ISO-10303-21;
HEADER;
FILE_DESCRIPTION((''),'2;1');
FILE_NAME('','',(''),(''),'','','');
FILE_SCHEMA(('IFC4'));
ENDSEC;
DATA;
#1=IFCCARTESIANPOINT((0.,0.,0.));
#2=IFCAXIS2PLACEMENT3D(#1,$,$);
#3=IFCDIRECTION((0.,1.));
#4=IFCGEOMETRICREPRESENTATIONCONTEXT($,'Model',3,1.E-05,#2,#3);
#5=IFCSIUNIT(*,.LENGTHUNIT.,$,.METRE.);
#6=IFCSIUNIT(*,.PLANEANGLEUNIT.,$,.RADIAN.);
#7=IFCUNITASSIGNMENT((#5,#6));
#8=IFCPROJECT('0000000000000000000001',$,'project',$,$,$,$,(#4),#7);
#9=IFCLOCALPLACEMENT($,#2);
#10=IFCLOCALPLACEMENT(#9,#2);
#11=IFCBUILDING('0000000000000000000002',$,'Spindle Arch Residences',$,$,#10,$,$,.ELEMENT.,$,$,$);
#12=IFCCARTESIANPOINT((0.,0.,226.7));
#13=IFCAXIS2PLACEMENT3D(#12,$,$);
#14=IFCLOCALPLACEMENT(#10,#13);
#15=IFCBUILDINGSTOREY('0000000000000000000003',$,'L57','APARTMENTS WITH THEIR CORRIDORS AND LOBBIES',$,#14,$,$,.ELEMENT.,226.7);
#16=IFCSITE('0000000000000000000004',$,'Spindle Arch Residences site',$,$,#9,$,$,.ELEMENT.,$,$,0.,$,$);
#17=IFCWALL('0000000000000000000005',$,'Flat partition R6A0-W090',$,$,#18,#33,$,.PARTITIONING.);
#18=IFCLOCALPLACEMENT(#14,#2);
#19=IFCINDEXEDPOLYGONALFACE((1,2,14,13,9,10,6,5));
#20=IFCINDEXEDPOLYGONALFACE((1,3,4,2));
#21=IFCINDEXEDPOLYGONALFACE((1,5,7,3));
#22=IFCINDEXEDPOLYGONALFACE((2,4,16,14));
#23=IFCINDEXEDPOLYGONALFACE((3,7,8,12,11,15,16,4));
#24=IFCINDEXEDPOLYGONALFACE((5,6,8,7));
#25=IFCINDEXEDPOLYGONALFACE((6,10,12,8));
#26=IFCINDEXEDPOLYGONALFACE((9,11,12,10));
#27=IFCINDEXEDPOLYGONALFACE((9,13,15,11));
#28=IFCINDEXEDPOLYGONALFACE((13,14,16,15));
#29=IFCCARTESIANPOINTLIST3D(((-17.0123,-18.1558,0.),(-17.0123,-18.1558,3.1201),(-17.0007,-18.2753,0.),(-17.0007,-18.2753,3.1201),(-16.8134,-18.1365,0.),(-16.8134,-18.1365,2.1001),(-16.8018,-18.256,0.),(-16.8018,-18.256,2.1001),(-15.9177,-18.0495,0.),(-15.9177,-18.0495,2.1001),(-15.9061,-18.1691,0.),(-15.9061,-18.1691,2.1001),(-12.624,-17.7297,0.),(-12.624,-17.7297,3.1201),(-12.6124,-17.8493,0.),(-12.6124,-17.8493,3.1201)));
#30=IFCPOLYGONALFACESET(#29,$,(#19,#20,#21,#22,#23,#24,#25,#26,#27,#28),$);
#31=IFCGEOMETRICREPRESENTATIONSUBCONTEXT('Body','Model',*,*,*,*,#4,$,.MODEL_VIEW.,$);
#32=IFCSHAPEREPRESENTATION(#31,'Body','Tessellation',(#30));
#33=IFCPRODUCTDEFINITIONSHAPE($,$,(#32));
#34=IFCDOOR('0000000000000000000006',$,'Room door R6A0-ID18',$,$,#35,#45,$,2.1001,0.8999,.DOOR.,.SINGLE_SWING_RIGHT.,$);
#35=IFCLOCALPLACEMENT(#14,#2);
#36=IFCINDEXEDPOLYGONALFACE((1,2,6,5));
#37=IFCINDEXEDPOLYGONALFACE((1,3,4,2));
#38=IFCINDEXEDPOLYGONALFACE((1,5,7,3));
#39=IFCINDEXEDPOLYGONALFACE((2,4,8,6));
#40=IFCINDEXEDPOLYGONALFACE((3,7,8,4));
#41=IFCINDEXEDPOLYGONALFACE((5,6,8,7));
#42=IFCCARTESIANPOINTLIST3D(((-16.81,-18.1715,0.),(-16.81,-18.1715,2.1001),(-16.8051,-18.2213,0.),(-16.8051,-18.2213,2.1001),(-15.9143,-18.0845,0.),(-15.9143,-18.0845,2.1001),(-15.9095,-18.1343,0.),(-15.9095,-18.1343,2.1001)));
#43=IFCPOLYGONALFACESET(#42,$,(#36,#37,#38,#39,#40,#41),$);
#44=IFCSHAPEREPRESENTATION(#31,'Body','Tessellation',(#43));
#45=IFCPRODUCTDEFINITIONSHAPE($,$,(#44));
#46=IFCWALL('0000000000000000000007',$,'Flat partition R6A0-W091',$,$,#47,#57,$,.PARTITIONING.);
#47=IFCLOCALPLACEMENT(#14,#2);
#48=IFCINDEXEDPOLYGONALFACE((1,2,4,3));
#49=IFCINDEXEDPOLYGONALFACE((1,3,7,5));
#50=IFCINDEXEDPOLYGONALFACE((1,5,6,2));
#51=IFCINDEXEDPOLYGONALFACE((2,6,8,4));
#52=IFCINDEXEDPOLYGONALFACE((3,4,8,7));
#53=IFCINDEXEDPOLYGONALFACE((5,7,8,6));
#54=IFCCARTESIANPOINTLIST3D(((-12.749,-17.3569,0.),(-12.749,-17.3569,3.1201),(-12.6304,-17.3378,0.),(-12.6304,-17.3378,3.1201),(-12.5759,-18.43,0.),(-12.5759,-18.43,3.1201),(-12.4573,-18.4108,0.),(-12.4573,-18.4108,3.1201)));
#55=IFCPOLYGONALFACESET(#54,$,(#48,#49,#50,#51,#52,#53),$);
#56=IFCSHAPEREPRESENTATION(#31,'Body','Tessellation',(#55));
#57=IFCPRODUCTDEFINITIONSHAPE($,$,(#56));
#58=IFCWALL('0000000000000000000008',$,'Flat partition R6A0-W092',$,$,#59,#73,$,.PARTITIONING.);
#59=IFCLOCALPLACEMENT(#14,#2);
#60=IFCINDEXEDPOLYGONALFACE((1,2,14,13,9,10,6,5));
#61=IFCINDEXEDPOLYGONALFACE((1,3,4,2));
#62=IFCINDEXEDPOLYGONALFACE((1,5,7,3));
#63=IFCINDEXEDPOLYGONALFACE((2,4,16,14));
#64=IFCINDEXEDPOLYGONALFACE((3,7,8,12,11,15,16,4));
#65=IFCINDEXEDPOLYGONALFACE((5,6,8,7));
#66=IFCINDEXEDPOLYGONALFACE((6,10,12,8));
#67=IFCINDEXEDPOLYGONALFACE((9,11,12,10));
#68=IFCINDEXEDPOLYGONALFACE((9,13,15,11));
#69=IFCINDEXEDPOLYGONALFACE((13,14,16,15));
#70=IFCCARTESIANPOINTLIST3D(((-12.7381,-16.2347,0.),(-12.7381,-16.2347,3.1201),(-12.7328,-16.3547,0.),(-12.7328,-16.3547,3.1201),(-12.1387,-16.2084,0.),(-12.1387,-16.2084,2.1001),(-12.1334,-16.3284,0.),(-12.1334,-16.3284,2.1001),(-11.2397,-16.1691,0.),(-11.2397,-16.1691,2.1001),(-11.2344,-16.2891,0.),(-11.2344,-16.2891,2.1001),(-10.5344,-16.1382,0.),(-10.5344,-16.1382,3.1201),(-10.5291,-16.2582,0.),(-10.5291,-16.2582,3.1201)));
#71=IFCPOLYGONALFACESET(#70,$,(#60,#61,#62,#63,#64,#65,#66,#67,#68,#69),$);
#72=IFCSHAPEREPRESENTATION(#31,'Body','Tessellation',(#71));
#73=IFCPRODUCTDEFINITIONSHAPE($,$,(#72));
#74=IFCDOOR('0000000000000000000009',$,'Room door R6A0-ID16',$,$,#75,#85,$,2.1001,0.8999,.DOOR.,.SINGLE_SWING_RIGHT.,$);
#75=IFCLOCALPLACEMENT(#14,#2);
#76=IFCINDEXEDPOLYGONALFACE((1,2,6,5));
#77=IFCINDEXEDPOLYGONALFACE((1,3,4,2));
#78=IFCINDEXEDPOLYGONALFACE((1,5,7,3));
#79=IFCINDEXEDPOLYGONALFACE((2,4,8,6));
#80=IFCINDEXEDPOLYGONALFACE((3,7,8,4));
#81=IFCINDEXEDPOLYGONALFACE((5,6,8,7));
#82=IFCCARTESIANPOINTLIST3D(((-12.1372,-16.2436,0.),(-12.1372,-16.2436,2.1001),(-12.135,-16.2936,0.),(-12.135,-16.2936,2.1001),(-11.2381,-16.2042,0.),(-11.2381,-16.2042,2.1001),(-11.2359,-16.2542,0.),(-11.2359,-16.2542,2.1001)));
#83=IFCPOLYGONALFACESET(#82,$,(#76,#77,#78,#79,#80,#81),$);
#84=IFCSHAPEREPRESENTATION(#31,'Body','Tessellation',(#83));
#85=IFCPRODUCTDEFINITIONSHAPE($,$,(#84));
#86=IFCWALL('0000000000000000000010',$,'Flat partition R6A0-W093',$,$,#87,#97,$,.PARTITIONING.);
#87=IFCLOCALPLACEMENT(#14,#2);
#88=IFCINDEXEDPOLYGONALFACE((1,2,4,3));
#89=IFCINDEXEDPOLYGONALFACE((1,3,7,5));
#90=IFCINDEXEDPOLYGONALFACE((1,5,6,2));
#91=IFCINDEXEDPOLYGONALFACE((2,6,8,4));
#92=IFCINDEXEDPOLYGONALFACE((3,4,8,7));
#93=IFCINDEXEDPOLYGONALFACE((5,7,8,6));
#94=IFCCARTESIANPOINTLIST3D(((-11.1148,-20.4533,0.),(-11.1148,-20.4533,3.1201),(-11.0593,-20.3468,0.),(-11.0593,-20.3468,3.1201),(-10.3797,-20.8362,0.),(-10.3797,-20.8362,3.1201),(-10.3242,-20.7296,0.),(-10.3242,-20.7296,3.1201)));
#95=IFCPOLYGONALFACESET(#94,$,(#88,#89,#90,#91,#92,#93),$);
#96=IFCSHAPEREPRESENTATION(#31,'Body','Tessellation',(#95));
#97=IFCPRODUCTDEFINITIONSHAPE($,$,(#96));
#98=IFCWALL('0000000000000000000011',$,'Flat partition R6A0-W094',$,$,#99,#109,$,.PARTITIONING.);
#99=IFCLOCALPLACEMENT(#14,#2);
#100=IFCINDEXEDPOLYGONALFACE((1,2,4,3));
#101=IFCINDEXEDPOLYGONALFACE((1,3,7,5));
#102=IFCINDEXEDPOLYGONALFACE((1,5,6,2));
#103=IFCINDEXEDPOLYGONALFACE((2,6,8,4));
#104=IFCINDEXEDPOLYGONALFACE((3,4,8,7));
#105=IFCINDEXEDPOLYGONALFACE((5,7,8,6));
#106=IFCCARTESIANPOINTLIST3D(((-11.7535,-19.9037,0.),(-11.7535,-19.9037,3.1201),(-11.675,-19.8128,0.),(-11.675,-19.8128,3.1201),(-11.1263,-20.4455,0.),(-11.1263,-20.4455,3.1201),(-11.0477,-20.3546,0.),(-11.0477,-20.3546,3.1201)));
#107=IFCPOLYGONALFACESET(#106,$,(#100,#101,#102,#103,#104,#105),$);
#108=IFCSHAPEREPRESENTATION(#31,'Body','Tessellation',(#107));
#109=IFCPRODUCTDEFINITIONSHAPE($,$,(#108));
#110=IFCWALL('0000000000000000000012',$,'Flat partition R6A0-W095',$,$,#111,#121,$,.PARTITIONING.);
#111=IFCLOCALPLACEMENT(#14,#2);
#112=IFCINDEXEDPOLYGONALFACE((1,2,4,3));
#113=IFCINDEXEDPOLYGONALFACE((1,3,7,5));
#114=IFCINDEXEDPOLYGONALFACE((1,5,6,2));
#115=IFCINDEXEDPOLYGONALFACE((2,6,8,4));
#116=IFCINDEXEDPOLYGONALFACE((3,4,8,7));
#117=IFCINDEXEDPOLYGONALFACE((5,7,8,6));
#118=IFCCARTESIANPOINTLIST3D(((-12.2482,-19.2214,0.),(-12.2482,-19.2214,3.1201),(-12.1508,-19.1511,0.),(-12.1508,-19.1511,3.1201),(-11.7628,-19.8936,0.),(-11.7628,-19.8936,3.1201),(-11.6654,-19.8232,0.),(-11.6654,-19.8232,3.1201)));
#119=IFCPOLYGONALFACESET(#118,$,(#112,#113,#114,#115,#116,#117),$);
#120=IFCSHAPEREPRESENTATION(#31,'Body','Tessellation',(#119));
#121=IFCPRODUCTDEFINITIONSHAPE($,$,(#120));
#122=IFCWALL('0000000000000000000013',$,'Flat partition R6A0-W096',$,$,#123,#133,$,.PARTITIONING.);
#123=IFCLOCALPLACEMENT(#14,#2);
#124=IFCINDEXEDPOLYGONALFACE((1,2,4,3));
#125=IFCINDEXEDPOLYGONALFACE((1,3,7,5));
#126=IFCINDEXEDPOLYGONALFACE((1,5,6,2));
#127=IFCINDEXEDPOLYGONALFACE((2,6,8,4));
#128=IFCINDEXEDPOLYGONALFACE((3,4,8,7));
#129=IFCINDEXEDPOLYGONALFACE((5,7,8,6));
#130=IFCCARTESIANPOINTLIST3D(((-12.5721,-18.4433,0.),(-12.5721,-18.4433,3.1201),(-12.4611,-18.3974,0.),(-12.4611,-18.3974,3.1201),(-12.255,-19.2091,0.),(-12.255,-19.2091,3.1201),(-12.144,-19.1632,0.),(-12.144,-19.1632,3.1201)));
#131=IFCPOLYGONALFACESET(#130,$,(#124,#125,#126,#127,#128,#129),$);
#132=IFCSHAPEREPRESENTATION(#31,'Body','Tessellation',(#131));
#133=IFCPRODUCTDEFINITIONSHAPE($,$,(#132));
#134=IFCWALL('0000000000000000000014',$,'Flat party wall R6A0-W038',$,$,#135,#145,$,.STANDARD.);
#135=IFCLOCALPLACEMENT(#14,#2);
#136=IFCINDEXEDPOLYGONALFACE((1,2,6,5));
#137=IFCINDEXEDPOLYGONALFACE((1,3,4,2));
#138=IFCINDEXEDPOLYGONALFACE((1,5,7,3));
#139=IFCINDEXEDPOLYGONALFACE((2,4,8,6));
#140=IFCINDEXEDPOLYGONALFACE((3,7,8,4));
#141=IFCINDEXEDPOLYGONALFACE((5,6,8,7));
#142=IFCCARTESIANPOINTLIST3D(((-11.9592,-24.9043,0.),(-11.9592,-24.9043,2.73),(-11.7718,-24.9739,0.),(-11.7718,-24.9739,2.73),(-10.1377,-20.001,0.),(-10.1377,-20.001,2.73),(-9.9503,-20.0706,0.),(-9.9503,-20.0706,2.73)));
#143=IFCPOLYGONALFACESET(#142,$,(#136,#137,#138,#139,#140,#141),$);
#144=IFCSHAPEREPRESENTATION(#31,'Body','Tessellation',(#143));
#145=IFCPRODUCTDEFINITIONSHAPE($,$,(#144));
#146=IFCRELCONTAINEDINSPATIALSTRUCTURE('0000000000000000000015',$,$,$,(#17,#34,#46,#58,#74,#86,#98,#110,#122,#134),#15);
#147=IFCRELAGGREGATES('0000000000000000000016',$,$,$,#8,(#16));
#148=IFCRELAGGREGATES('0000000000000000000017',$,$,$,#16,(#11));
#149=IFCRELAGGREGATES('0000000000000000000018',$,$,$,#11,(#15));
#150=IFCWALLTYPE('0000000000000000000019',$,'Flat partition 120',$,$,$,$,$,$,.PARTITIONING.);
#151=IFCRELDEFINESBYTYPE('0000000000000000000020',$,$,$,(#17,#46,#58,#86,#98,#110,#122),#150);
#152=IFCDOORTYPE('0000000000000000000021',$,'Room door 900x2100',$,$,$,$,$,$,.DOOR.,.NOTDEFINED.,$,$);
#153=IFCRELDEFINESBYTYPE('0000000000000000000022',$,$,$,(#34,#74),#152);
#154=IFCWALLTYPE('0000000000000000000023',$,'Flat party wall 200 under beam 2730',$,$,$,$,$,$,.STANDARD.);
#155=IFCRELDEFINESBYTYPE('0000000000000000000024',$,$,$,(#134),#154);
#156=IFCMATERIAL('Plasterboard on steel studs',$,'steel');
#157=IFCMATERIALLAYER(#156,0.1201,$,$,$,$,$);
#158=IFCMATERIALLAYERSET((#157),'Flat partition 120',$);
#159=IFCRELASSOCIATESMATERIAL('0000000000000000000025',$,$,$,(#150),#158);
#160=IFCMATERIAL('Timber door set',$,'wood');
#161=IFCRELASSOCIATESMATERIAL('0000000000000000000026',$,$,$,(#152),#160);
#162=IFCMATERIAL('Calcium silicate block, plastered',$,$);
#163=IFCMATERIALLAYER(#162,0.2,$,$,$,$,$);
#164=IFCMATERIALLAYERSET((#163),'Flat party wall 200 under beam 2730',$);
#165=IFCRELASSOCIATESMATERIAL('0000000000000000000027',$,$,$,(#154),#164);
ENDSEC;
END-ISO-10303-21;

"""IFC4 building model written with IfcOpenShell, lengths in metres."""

from ifc_helpers import new_model, si_unit, direction, frame, frame_2d, origin, place, context, subcontext, project, spatial, rectangle, extrude, material, layer, layer_set, type_object, element, fill, save


model = new_model("IFC4")

# Units and contexts
model_context = context("Model", 3, precision=1e-05, world=origin(), true_north=direction((0.0, 1.0)))
body_context = subcontext(model_context, "Body", "Model", "MODEL_VIEW")
ifc_project = project(units=[si_unit("LENGTHUNIT", "METRE"), si_unit("PLANEANGLEUNIT", "RADIAN")], contexts=[model_context])

# Site, building, storey
site_placement = place(None, origin())
site = spatial("IfcSite", under=ifc_project, at=site_placement, Name="Spindle Arch Residences site", CompositionType="ELEMENT", RefElevation=0.0)
building_placement = place(site_placement, origin())
building = spatial("IfcBuilding", under=site, at=building_placement, Name="Spindle Arch Residences", CompositionType="ELEMENT")
storey_placement = place(building_placement, frame((0.0, 0.0, 226.7)))
storey = spatial("IfcBuildingStorey", under=building, at=storey_placement, Name="L57", Description="APARTMENTS WITH THEIR CORRIDORS AND LOBBIES", CompositionType="ELEMENT", Elevation=226.7)

# Wall, opening, door
ifc_material_1 = material(Name="Plasterboard on steel studs", Category="steel")
ifc_layer_1 = layer(ifc_material_1, 0.1201)
ifc_layer_set_1 = layer_set([ifc_layer_1], Name="Flat partition 120")
wall_type_1 = type_object("IfcWallType", Name="Flat partition 120", PredefinedType="PARTITIONING", material=ifc_layer_set_1)
ifc_material_2 = material(Name="Timber door set", Category="wood")
door_type = type_object("IfcDoorType", Name="Room door 900x2100", OperationType="NOTDEFINED", PredefinedType="DOOR", material=ifc_material_2)
wall_1_placement = place(storey_placement, frame((-17.0066, -18.2156, 0.0), z_axis=(0.0, 0.0, 1.0), x_axis=(0.99532, 0.09663, 0.0)))
wall_1 = element("IfcWall", 1, at=wall_1_placement, inside=storey, type_object=wall_type_1, Name="Flat partition R6A0-W090", PredefinedType="PARTITIONING", context=body_context, shape_type="SweptSolid", body=[
    extrude(rectangle(XDim=4.4089, YDim=0.1201, at=frame_2d((2.2046, 0.0))), origin(), (0.0, 0.0, 1.0), 3.1201),
])
opening_1_placement = place(wall_1_placement, frame((0.2, 0.0, 0.0)))
opening_1 = element("IfcOpeningElement", 2, at=opening_1_placement, cuts=wall_1, PredefinedType="OPENING", context=body_context, shape_type="SweptSolid", body=[
    extrude(rectangle(XDim=0.8999, YDim=2.1001, at=frame_2d((0.45, 1.05))), frame((0.0, 0.0701, 0.0), z_axis=(0.0, -1.0, 0.0), x_axis=(1.0, 0.0, 0.0)), (0.0, 0.0, 1.0), 0.1401),
])
door_1_placement = place(opening_1_placement, origin())
door_1 = element("IfcDoor", 3, at=door_1_placement, inside=storey, type_object=door_type, Name="Room door R6A0-ID18", OperationType="SINGLE_SWING_RIGHT", OverallHeight=2.1001, OverallWidth=0.8999, PredefinedType="DOOR", context=body_context, shape_type="SweptSolid", body=[
    extrude(rectangle(XDim=0.8999, YDim=2.1001, at=frame_2d((0.45, 1.05))), frame((0.0, 0.0249, 0.0), z_axis=(0.0, -1.0, 0.0), x_axis=(1.0, 0.0, 0.0)), (0.0, 0.0, 1.0), 0.05),
])
fill(opening_1, door_1)

# Wall
wall_2_placement = place(storey_placement, frame((-12.5166, -18.4204, 0.0), z_axis=(0.0, 0.0, 1.0), x_axis=(-0.159261, 0.987237, 0.0)))
element("IfcWall", 4, at=wall_2_placement, inside=storey, type_object=wall_type_1, Name="Flat partition R6A0-W091", PredefinedType="PARTITIONING", context=body_context, shape_type="SweptSolid", body=[
    extrude(rectangle(XDim=1.0869, YDim=0.1201, at=frame_2d((0.5435, 0.0))), origin(), (0.0, 0.0, 1.0), 3.1201),
])

# Wall, opening, door
wall_3_placement = place(storey_placement, frame((-12.7356, -16.2947, 0.0), z_axis=(0.0, 0.0, 1.0), x_axis=(0.999044, 0.043721, 0.0)))
wall_3 = element("IfcWall", 5, at=wall_3_placement, inside=storey, type_object=wall_type_1, Name="Flat partition R6A0-W092", PredefinedType="PARTITIONING", context=body_context, shape_type="SweptSolid", body=[
    extrude(rectangle(XDim=2.2058, YDim=0.1201, at=frame_2d((1.103, 0.0))), origin(), (0.0, 0.0, 1.0), 3.1201),
])
opening_2_placement = place(wall_3_placement, frame((0.6001, 0.0, 0.0)))
opening_2 = element("IfcOpeningElement", 6, at=opening_2_placement, cuts=wall_3, PredefinedType="OPENING", context=body_context, shape_type="SweptSolid", body=[
    extrude(rectangle(XDim=0.8999, YDim=2.1001, at=frame_2d((0.45, 1.05))), frame((0.0, 0.0701, 0.0), z_axis=(0.0, -1.0, 0.0), x_axis=(1.0, 0.0, 0.0)), (0.0, 0.0, 1.0), 0.1401),
])
door_2_placement = place(opening_2_placement, origin())
door_2 = element("IfcDoor", 7, at=door_2_placement, inside=storey, type_object=door_type, Name="Room door R6A0-ID16", OperationType="SINGLE_SWING_RIGHT", OverallHeight=2.1001, OverallWidth=0.8999, PredefinedType="DOOR", context=body_context, shape_type="SweptSolid", body=[
    extrude(rectangle(XDim=0.8999, YDim=2.1001, at=frame_2d((0.45, 1.05))), frame((0.0, 0.0249, 0.0), z_axis=(0.0, -1.0, 0.0), x_axis=(1.0, 0.0, 0.0)), (0.0, 0.0, 1.0), 0.05),
])
fill(opening_2, door_2)

# Walls
for number, where, z_axis, x_axis, name in (
    (8, (-10.3518, -20.783, 0.0), (0.0, 0.0, 1.0), (-0.886942, 0.461881, 0.0), "Flat partition R6A0-W093"),
    (9, (-11.0869, -20.4001, 0.0), (0.0, 0.0, 1.0), (-0.756777, 0.653674, 0.0), "Flat partition R6A0-W094"),
):
    element("IfcWall", number, at=place(storey_placement, frame(where, z_axis=z_axis, x_axis=x_axis)), inside=storey, type_object=wall_type_1, Name=name, PredefinedType="PARTITIONING", context=body_context, shape_type="SweptSolid", body=[
        extrude(rectangle(XDim=0.8289, YDim=0.1201, at=frame_2d((0.4146, 0.0))), origin(), (0.0, 0.0, 1.0), 3.1201),
    ])
wall_4_placement = place(storey_placement, frame((-11.7141, -19.8584, 0.0), z_axis=(0.0, 0.0, 1.0), x_axis=(-0.585437, 0.810718, 0.0)))
element("IfcWall", 10, at=wall_4_placement, inside=storey, type_object=wall_type_1, Name="Flat partition R6A0-W095", PredefinedType="PARTITIONING", context=body_context, shape_type="SweptSolid", body=[
    extrude(rectangle(XDim=0.8291, YDim=0.1201, at=frame_2d((0.4146, 0.0))), origin(), (0.0, 0.0, 1.0), 3.1201),
])
wall_5_placement = place(storey_placement, frame((-12.1995, -19.1863, 0.0), z_axis=(0.0, 0.0, 1.0), x_axis=(-0.382586, 0.92392, 0.0)))
element("IfcWall", 11, at=wall_5_placement, inside=storey, type_object=wall_type_1, Name="Flat partition R6A0-W096", PredefinedType="PARTITIONING", context=body_context, shape_type="SweptSolid", body=[
    extrude(rectangle(XDim=0.8289, YDim=0.1201, at=frame_2d((0.4146, 0.0))), origin(), (0.0, 0.0, 1.0), 3.1201),
])
ifc_material_3 = material(Name="Calcium silicate block, plastered")
ifc_layer_2 = layer(ifc_material_3, 0.2)
ifc_layer_set_2 = layer_set([ifc_layer_2], Name="Flat party wall 200 under beam 2730")
wall_type_2 = type_object("IfcWallType", Name="Flat party wall 200 under beam 2730", PredefinedType="STANDARD", material=ifc_layer_set_2)
wall_6_placement = place(storey_placement, frame((-11.8655, -24.939, 0.0), z_axis=(0.0, 0.0, 1.0), x_axis=(0.348237, 0.937407, 0.0)))
element("IfcWall", 12, at=wall_6_placement, inside=storey, type_object=wall_type_2, Name="Flat party wall R6A0-W038", PredefinedType="STANDARD", context=body_context, shape_type="SweptSolid", body=[
    extrude(rectangle(XDim=5.2307, YDim=0.2, at=frame_2d((2.6152, 0.0))), origin(), (0.0, 0.0, 1.0), 2.73),
])

save(model, "model.ifc")
